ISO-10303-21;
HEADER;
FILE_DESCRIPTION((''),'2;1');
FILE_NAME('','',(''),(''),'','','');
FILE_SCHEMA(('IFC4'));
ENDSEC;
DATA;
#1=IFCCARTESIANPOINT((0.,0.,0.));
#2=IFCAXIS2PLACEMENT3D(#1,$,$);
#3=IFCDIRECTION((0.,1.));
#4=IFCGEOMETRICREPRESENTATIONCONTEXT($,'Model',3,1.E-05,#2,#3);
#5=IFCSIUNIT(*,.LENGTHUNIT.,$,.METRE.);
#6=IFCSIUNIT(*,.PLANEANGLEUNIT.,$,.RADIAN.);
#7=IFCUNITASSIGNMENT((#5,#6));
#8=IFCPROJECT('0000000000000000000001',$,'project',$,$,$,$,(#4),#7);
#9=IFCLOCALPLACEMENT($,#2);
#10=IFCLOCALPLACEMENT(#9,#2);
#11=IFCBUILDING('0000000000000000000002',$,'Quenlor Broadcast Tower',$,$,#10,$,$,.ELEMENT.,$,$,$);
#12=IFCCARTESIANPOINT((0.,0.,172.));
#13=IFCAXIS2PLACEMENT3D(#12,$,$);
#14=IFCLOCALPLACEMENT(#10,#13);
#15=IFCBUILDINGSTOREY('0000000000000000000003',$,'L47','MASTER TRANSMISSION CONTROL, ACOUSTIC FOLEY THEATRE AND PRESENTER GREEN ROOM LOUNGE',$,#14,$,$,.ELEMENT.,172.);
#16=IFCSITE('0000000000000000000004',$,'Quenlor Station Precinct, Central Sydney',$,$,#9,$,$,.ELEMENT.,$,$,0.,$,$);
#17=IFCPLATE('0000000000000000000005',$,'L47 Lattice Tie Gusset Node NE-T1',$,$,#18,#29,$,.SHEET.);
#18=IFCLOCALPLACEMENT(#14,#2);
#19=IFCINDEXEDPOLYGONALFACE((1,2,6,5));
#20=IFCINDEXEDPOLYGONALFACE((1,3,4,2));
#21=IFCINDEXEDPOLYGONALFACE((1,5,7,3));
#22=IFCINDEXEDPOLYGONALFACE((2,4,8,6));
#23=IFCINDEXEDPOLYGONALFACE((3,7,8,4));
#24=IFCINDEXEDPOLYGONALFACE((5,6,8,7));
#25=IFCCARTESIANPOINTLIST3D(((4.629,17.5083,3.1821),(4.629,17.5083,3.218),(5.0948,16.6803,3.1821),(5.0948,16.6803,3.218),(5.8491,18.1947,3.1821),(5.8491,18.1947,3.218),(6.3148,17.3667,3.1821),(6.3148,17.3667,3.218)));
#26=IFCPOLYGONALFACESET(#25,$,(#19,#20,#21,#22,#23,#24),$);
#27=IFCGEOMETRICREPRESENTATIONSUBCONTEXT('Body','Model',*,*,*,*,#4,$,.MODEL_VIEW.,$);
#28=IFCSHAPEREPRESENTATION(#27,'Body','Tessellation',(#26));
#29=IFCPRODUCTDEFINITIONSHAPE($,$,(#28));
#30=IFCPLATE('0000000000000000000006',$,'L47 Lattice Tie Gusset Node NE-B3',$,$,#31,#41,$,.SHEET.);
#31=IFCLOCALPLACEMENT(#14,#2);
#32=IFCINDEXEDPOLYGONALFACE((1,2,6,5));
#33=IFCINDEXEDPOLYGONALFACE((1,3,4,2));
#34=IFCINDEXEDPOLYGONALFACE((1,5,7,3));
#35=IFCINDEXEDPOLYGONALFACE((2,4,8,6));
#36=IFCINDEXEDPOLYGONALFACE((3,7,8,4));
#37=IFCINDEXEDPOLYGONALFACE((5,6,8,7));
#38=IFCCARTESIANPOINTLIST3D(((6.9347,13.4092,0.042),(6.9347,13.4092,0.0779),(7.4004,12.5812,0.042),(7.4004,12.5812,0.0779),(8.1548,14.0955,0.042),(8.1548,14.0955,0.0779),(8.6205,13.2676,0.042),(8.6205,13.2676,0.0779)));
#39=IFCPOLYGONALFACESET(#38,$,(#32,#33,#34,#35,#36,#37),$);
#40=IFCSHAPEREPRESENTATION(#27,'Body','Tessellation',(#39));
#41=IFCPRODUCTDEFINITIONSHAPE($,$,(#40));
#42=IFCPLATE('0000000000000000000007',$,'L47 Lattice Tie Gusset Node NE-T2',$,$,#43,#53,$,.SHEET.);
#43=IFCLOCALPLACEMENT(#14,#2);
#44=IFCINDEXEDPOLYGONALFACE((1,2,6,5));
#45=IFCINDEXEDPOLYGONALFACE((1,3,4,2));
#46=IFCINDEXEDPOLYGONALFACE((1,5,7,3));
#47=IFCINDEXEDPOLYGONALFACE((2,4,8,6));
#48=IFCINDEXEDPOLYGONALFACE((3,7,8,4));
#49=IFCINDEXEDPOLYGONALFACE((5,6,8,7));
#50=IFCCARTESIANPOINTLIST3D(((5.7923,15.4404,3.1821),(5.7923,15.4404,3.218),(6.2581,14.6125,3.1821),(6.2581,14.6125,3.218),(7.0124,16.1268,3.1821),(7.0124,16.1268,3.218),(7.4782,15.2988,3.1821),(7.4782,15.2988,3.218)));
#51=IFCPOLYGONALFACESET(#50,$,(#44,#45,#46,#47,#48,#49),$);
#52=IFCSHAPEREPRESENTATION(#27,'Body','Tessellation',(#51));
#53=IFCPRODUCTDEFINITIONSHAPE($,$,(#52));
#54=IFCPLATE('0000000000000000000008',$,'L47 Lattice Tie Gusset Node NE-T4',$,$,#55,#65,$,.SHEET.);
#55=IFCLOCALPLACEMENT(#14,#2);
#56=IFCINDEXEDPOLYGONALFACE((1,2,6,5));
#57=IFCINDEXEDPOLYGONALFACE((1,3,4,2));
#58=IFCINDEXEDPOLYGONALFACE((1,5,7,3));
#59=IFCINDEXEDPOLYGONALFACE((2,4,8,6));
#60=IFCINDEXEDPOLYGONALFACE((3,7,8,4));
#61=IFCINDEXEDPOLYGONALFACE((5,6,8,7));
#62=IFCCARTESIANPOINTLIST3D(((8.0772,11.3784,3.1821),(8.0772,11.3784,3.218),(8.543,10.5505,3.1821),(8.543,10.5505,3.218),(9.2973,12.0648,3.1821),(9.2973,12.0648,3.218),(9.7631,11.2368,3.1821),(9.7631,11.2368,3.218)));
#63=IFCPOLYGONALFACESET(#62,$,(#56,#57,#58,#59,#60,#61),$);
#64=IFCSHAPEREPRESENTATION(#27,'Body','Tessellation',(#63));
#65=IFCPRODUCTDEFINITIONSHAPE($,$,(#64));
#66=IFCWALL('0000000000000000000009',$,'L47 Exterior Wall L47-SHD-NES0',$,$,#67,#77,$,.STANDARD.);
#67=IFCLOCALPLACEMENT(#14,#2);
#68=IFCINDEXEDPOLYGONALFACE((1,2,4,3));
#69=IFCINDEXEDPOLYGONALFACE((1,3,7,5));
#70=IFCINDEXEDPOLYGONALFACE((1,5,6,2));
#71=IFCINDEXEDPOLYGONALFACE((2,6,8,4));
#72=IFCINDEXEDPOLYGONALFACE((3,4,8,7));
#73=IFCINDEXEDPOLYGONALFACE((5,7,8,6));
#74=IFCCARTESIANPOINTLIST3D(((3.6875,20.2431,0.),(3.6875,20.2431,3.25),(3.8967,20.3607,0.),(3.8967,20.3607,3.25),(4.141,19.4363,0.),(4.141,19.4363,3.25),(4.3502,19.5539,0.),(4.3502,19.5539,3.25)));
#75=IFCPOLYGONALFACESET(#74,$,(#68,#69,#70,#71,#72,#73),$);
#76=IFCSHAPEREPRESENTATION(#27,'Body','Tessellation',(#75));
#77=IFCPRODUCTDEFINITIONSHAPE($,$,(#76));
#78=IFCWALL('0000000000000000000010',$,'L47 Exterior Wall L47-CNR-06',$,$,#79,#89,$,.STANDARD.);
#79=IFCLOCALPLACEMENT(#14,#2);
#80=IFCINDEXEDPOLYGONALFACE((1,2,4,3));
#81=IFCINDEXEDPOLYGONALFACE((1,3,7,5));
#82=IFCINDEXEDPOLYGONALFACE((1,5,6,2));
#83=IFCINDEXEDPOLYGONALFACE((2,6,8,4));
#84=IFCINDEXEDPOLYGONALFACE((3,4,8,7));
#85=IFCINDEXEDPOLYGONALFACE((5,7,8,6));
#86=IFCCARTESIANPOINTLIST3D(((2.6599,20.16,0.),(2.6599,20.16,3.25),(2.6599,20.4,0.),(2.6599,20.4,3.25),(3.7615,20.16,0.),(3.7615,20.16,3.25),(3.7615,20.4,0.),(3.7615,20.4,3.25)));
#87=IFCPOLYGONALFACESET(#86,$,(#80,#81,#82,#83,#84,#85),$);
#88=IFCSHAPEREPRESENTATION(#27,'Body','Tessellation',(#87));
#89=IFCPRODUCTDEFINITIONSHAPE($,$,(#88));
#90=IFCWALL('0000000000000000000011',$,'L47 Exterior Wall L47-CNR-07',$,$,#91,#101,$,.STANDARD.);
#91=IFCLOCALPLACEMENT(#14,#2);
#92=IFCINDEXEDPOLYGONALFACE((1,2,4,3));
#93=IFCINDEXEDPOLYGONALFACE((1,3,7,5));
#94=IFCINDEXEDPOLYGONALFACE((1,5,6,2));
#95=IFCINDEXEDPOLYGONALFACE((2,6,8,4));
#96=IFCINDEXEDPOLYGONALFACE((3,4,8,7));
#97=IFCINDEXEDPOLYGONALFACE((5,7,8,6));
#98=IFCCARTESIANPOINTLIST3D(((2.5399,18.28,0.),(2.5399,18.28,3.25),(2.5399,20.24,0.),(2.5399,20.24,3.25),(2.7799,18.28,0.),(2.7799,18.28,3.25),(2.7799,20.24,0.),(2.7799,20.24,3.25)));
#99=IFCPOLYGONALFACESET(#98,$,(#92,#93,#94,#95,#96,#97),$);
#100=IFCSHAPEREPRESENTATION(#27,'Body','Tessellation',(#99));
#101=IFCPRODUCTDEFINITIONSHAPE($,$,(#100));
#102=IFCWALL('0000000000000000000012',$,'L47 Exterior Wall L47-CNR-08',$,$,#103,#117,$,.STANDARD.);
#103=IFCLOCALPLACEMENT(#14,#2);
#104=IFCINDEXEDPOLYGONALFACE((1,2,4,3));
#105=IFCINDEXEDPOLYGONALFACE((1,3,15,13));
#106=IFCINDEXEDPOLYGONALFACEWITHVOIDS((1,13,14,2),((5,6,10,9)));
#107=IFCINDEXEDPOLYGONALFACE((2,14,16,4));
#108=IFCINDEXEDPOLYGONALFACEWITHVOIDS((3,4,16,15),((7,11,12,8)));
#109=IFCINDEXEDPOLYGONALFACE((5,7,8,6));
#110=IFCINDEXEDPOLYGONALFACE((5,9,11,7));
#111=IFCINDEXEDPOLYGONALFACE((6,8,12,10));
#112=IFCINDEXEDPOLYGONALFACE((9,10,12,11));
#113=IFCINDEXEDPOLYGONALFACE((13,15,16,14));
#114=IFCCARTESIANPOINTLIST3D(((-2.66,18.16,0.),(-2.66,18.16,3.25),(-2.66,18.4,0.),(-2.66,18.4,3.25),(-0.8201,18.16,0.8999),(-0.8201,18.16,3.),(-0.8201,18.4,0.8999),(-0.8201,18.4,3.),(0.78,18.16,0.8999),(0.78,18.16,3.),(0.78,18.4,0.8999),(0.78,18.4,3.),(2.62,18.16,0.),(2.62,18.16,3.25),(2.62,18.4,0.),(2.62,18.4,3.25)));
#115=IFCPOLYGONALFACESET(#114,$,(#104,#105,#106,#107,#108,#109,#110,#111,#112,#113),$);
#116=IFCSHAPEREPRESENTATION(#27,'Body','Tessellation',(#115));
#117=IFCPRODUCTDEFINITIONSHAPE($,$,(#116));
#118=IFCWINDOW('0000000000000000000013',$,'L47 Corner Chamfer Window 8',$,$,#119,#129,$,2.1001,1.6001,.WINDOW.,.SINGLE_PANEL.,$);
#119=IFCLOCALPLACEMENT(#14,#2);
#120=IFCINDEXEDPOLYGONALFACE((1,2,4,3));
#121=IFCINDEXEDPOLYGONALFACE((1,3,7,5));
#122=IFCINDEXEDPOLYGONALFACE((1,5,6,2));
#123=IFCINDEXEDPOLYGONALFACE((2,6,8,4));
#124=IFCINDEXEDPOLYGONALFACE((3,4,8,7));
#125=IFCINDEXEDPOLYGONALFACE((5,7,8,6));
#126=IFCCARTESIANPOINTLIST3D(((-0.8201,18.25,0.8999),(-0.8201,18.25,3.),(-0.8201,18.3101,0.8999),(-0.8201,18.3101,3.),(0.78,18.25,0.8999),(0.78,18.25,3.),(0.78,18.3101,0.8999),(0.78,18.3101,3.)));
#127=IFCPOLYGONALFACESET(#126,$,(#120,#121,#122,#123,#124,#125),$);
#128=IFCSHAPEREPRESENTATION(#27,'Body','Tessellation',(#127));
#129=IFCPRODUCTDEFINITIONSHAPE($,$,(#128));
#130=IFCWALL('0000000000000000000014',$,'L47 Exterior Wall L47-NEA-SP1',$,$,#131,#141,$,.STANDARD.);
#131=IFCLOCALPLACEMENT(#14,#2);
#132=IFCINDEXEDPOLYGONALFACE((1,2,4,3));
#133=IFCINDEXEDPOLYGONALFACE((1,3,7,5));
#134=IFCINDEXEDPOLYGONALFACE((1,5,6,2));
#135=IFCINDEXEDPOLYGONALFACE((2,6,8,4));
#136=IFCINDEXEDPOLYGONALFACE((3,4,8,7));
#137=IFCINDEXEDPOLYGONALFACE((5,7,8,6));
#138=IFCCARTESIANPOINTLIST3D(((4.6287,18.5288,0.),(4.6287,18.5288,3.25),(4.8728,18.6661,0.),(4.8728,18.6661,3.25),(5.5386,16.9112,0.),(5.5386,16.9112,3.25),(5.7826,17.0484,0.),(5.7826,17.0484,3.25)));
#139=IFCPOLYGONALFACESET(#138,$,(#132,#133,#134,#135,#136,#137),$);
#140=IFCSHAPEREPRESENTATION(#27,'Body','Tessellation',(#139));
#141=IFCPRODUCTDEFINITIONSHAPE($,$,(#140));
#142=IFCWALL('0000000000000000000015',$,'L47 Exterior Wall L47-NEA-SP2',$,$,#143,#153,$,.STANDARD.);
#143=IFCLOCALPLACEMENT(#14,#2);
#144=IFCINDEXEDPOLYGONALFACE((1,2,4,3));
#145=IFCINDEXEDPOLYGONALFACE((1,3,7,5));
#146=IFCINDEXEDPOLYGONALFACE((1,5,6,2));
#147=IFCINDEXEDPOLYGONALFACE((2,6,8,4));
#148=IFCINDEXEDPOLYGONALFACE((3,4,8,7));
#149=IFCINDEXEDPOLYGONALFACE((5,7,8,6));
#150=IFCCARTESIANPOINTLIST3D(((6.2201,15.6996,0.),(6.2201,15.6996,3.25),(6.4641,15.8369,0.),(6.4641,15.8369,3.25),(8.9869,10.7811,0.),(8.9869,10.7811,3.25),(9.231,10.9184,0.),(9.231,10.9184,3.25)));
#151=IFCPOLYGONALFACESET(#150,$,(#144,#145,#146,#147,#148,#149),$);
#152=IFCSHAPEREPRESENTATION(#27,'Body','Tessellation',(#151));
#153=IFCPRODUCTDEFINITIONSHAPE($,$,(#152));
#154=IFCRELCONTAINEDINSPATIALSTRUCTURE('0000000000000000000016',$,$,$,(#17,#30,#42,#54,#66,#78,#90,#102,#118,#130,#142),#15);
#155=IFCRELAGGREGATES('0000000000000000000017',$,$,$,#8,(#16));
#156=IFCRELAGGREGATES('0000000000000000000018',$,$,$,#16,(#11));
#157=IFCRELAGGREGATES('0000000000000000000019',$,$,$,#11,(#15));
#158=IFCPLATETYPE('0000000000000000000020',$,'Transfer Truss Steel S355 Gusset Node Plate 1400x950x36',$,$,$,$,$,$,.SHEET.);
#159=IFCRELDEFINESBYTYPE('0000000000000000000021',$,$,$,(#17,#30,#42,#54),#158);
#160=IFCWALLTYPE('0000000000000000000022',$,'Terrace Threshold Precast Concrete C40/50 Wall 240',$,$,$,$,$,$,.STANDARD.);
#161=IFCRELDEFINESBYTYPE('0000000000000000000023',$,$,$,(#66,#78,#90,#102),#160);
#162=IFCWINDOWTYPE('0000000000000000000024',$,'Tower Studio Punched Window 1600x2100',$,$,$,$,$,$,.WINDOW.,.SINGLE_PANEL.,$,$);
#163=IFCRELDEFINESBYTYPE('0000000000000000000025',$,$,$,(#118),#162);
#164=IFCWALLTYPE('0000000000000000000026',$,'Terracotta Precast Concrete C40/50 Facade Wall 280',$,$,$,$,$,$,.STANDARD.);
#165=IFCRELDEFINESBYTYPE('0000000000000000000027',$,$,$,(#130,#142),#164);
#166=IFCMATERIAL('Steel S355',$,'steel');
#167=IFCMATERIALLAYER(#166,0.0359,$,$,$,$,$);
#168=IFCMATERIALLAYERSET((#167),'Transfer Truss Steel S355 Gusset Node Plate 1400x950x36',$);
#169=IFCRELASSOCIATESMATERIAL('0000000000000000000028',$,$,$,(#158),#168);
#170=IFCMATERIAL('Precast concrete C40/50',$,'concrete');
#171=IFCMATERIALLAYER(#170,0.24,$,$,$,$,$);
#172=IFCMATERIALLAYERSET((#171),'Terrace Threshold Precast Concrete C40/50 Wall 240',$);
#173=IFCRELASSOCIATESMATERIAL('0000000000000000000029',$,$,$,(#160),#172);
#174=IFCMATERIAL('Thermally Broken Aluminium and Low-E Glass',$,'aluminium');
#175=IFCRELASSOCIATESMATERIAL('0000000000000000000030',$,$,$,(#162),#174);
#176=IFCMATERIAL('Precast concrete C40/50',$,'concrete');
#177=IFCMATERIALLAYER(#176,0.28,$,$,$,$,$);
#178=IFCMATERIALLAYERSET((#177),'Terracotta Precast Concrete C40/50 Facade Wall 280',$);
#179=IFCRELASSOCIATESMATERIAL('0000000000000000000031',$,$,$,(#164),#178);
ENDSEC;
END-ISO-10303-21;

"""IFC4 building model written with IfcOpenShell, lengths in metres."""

from ifc_helpers import new_model, si_unit, direction, frame, frame_2d, origin, origin_2d, place, context, subcontext, project, spatial, rectangle, extrude, material, layer, layer_set, type_object, element, fill, save


model = new_model("IFC4")

# Units and contexts
model_context = context("Model", 3, precision=1e-05, world=origin(), true_north=direction((0.0, 1.0)))
body_context = subcontext(model_context, "Body", "Model", "MODEL_VIEW")
ifc_project = project(units=[si_unit("LENGTHUNIT", "METRE"), si_unit("PLANEANGLEUNIT", "RADIAN")], contexts=[model_context])

# Site, building, storey
site_placement = place(None, origin())
site = spatial("IfcSite", under=ifc_project, at=site_placement, Name="Quenlor Station Precinct, Central Sydney", CompositionType="ELEMENT", RefElevation=0.0)
building_placement = place(site_placement, origin())
building = spatial("IfcBuilding", under=site, at=building_placement, Name="Quenlor Broadcast Tower", CompositionType="ELEMENT")
storey_placement = place(building_placement, frame((0.0, 0.0, 172.0)))
storey = spatial("IfcBuildingStorey", under=building, at=storey_placement, Name="L47", Description="MASTER TRANSMISSION CONTROL, ACOUSTIC FOLEY THEATRE AND PRESENTER GREEN ROOM LOUNGE", CompositionType="ELEMENT", Elevation=172.0)

# Plates
ifc_material_1 = material(Name="Steel S355", Category="steel")
ifc_layer_1 = layer(ifc_material_1, 0.0359)
ifc_layer_set_1 = layer_set([ifc_layer_1], Name="Transfer Truss Steel S355 Gusset Node Plate 1400x950x36")
plate_type_1 = type_object("IfcPlateType", Name="Transfer Truss Steel S355 Gusset Node Plate 1400x950x36", PredefinedType="SHEET", material=ifc_layer_set_1)
for number, where, z_axis, x_axis, name in (
    (1, (5.4719, 17.4375, 3.1821), (0.0, 0.0, 1.0), (0.871556, 0.490295, 0.0), "L47 Lattice Tie Gusset Node NE-T1"),
    (2, (7.7776, 13.3384, 0.042), (0.0, 0.0, 1.0), (0.871556, 0.490295, 0.0), "L47 Lattice Tie Gusset Node NE-B3"),
    (3, (6.6353, 15.3696, 3.1821), (0.0, 0.0, 1.0), (0.871556, 0.490295, 0.0), "L47 Lattice Tie Gusset Node NE-T2"),
    (4, (8.9202, 11.3076, 3.1821), (0.0, 0.0, 1.0), (0.871556, 0.490295, 0.0), "L47 Lattice Tie Gusset Node NE-T4"),
):
    element("IfcPlate", number, at=place(storey_placement, frame(where, z_axis=z_axis, x_axis=x_axis)), inside=storey, type_object=plate_type_1, Name=name, PredefinedType="SHEET", context=body_context, shape_type="SweptSolid", body=[
        extrude(rectangle(XDim=1.3999, YDim=0.95, at=origin_2d()), origin(), (0.0, 0.0, 1.0), 0.0359),
    ])

# Walls
ifc_material_2 = material(Name="Precast concrete C40/50", Category="concrete")
ifc_layer_2 = layer(ifc_material_2, 0.24)
ifc_layer_set_2 = layer_set([ifc_layer_2], Name="Terrace Threshold Precast Concrete C40/50 Wall 240")
wall_type_1 = type_object("IfcWallType", Name="Terrace Threshold Precast Concrete C40/50 Wall 240", PredefinedType="STANDARD", material=ifc_layer_set_2)
wall_1_placement = place(storey_placement, frame((3.792, 20.302, 0.0), z_axis=(0.0, 0.0, 1.0), x_axis=(0.490048, -0.871695, 0.0)))
element("IfcWall", 5, at=wall_1_placement, inside=storey, type_object=wall_type_1, Name="L47 Exterior Wall L47-SHD-NES0", PredefinedType="STANDARD", context=body_context, shape_type="SweptSolid", body=[
    extrude(rectangle(XDim=0.9255, YDim=0.24, at=frame_2d((0.4629, 0.0))), origin(), (0.0, 0.0, 1.0), 3.25),
])
wall_2_placement = place(storey_placement, frame((3.7615, 20.28, 0.0), z_axis=(0.0, 0.0, 1.0), x_axis=(-1.0, 0.0, 0.0)))
element("IfcWall", 6, at=wall_2_placement, inside=storey, type_object=wall_type_1, Name="L47 Exterior Wall L47-CNR-06", PredefinedType="STANDARD", context=body_context, shape_type="SweptSolid", body=[
    extrude(rectangle(XDim=1.1016, YDim=0.24, at=frame_2d((0.5508, 0.0))), origin(), (0.0, 0.0, 1.0), 3.25),
])
wall_3_placement = place(storey_placement, frame((2.6599, 20.24, 0.0), z_axis=(0.0, 0.0, 1.0), x_axis=(0.0, -1.0, 0.0)))
element("IfcWall", 7, at=wall_3_placement, inside=storey, type_object=wall_type_1, Name="L47 Exterior Wall L47-CNR-07", PredefinedType="STANDARD", context=body_context, shape_type="SweptSolid", body=[
    extrude(rectangle(XDim=1.96, YDim=0.24, at=frame_2d((0.98, 0.0))), origin(), (0.0, 0.0, 1.0), 3.25),
])

# Wall, opening, window
wall_4_placement = place(storey_placement, frame((2.6201, 18.28, 0.0), z_axis=(0.0, 0.0, 1.0), x_axis=(-1.0, 0.0, 0.0)))
wall_4 = element("IfcWall", 8, at=wall_4_placement, inside=storey, type_object=wall_type_1, Name="L47 Exterior Wall L47-CNR-08", PredefinedType="STANDARD", context=body_context, shape_type="SweptSolid", body=[
    extrude(rectangle(XDim=5.28, YDim=0.24, at=frame_2d((2.6401, 0.0))), origin(), (0.0, 0.0, 1.0), 3.25),
])
opening_placement = place(wall_4_placement, frame((1.8401, 0.0, 0.8999)))
opening = element("IfcOpeningElement", 9, at=opening_placement, cuts=wall_4, PredefinedType="OPENING", context=body_context, shape_type="SweptSolid", body=[
    extrude(rectangle(XDim=1.6001, YDim=2.1001, at=frame_2d((0.8, 1.05))), frame((0.0, 0.1299, 0.0), z_axis=(0.0, -1.0, 0.0), x_axis=(1.0, 0.0, 0.0)), (0.0, 0.0, 1.0), 0.26),
])
ifc_material_3 = material(Name="Thermally Broken Aluminium and Low-E Glass", Category="aluminium")
window_type = type_object("IfcWindowType", Name="Tower Studio Punched Window 1600x2100", PartitioningType="SINGLE_PANEL", PredefinedType="WINDOW", material=ifc_material_3)
window_placement = place(opening_placement, origin())
window = element("IfcWindow", 10, at=window_placement, inside=storey, type_object=window_type, Name="L47 Corner Chamfer Window 8", OverallHeight=2.1001, OverallWidth=1.6001, PartitioningType="SINGLE_PANEL", PredefinedType="WINDOW", context=body_context, shape_type="SweptSolid", body=[
    extrude(rectangle(XDim=1.6001, YDim=2.1001, at=frame_2d((0.8, 1.05))), frame((0.0, 0.03, 0.0), z_axis=(0.0, -1.0, 0.0), x_axis=(1.0, 0.0, 0.0)), (0.0, 0.0, 1.0), 0.0601),
])
fill(opening, window)

# Walls
ifc_material_4 = material(Name="Precast concrete C40/50", Category="concrete")
ifc_layer_3 = layer(ifc_material_4, 0.28)
ifc_layer_set_3 = layer_set([ifc_layer_3], Name="Terracotta Precast Concrete C40/50 Facade Wall 280")
wall_type_2 = type_object("IfcWallType", Name="Terracotta Precast Concrete C40/50 Facade Wall 280", PredefinedType="STANDARD", material=ifc_layer_set_3)
wall_5_placement = place(storey_placement, frame((4.7507, 18.5974, 0.0), z_axis=(0.0, 0.0, 1.0), x_axis=(0.490249, -0.871583, 0.0)))
element("IfcWall", 11, at=wall_5_placement, inside=storey, type_object=wall_type_2, Name="L47 Exterior Wall L47-NEA-SP1", PredefinedType="STANDARD", context=body_context, shape_type="SweptSolid", body=[
    extrude(rectangle(XDim=1.856, YDim=0.28, at=frame_2d((0.928, 0.0))), origin(), (0.0, 0.0, 1.0), 3.25),
])
wall_6_placement = place(storey_placement, frame((6.342, 15.7683, 0.0), z_axis=(0.0, 0.0, 1.0), x_axis=(0.49029, -0.871559, 0.0)))
element("IfcWall", 12, at=wall_6_placement, inside=storey, type_object=wall_type_2, Name="L47 Exterior Wall L47-NEA-SP2", PredefinedType="STANDARD", context=body_context, shape_type="SweptSolid", body=[
    extrude(rectangle(XDim=5.6433, YDim=0.28, at=frame_2d((2.8218, 0.0))), origin(), (0.0, 0.0, 1.0), 3.25),
])

save(model, "model.ifc")
